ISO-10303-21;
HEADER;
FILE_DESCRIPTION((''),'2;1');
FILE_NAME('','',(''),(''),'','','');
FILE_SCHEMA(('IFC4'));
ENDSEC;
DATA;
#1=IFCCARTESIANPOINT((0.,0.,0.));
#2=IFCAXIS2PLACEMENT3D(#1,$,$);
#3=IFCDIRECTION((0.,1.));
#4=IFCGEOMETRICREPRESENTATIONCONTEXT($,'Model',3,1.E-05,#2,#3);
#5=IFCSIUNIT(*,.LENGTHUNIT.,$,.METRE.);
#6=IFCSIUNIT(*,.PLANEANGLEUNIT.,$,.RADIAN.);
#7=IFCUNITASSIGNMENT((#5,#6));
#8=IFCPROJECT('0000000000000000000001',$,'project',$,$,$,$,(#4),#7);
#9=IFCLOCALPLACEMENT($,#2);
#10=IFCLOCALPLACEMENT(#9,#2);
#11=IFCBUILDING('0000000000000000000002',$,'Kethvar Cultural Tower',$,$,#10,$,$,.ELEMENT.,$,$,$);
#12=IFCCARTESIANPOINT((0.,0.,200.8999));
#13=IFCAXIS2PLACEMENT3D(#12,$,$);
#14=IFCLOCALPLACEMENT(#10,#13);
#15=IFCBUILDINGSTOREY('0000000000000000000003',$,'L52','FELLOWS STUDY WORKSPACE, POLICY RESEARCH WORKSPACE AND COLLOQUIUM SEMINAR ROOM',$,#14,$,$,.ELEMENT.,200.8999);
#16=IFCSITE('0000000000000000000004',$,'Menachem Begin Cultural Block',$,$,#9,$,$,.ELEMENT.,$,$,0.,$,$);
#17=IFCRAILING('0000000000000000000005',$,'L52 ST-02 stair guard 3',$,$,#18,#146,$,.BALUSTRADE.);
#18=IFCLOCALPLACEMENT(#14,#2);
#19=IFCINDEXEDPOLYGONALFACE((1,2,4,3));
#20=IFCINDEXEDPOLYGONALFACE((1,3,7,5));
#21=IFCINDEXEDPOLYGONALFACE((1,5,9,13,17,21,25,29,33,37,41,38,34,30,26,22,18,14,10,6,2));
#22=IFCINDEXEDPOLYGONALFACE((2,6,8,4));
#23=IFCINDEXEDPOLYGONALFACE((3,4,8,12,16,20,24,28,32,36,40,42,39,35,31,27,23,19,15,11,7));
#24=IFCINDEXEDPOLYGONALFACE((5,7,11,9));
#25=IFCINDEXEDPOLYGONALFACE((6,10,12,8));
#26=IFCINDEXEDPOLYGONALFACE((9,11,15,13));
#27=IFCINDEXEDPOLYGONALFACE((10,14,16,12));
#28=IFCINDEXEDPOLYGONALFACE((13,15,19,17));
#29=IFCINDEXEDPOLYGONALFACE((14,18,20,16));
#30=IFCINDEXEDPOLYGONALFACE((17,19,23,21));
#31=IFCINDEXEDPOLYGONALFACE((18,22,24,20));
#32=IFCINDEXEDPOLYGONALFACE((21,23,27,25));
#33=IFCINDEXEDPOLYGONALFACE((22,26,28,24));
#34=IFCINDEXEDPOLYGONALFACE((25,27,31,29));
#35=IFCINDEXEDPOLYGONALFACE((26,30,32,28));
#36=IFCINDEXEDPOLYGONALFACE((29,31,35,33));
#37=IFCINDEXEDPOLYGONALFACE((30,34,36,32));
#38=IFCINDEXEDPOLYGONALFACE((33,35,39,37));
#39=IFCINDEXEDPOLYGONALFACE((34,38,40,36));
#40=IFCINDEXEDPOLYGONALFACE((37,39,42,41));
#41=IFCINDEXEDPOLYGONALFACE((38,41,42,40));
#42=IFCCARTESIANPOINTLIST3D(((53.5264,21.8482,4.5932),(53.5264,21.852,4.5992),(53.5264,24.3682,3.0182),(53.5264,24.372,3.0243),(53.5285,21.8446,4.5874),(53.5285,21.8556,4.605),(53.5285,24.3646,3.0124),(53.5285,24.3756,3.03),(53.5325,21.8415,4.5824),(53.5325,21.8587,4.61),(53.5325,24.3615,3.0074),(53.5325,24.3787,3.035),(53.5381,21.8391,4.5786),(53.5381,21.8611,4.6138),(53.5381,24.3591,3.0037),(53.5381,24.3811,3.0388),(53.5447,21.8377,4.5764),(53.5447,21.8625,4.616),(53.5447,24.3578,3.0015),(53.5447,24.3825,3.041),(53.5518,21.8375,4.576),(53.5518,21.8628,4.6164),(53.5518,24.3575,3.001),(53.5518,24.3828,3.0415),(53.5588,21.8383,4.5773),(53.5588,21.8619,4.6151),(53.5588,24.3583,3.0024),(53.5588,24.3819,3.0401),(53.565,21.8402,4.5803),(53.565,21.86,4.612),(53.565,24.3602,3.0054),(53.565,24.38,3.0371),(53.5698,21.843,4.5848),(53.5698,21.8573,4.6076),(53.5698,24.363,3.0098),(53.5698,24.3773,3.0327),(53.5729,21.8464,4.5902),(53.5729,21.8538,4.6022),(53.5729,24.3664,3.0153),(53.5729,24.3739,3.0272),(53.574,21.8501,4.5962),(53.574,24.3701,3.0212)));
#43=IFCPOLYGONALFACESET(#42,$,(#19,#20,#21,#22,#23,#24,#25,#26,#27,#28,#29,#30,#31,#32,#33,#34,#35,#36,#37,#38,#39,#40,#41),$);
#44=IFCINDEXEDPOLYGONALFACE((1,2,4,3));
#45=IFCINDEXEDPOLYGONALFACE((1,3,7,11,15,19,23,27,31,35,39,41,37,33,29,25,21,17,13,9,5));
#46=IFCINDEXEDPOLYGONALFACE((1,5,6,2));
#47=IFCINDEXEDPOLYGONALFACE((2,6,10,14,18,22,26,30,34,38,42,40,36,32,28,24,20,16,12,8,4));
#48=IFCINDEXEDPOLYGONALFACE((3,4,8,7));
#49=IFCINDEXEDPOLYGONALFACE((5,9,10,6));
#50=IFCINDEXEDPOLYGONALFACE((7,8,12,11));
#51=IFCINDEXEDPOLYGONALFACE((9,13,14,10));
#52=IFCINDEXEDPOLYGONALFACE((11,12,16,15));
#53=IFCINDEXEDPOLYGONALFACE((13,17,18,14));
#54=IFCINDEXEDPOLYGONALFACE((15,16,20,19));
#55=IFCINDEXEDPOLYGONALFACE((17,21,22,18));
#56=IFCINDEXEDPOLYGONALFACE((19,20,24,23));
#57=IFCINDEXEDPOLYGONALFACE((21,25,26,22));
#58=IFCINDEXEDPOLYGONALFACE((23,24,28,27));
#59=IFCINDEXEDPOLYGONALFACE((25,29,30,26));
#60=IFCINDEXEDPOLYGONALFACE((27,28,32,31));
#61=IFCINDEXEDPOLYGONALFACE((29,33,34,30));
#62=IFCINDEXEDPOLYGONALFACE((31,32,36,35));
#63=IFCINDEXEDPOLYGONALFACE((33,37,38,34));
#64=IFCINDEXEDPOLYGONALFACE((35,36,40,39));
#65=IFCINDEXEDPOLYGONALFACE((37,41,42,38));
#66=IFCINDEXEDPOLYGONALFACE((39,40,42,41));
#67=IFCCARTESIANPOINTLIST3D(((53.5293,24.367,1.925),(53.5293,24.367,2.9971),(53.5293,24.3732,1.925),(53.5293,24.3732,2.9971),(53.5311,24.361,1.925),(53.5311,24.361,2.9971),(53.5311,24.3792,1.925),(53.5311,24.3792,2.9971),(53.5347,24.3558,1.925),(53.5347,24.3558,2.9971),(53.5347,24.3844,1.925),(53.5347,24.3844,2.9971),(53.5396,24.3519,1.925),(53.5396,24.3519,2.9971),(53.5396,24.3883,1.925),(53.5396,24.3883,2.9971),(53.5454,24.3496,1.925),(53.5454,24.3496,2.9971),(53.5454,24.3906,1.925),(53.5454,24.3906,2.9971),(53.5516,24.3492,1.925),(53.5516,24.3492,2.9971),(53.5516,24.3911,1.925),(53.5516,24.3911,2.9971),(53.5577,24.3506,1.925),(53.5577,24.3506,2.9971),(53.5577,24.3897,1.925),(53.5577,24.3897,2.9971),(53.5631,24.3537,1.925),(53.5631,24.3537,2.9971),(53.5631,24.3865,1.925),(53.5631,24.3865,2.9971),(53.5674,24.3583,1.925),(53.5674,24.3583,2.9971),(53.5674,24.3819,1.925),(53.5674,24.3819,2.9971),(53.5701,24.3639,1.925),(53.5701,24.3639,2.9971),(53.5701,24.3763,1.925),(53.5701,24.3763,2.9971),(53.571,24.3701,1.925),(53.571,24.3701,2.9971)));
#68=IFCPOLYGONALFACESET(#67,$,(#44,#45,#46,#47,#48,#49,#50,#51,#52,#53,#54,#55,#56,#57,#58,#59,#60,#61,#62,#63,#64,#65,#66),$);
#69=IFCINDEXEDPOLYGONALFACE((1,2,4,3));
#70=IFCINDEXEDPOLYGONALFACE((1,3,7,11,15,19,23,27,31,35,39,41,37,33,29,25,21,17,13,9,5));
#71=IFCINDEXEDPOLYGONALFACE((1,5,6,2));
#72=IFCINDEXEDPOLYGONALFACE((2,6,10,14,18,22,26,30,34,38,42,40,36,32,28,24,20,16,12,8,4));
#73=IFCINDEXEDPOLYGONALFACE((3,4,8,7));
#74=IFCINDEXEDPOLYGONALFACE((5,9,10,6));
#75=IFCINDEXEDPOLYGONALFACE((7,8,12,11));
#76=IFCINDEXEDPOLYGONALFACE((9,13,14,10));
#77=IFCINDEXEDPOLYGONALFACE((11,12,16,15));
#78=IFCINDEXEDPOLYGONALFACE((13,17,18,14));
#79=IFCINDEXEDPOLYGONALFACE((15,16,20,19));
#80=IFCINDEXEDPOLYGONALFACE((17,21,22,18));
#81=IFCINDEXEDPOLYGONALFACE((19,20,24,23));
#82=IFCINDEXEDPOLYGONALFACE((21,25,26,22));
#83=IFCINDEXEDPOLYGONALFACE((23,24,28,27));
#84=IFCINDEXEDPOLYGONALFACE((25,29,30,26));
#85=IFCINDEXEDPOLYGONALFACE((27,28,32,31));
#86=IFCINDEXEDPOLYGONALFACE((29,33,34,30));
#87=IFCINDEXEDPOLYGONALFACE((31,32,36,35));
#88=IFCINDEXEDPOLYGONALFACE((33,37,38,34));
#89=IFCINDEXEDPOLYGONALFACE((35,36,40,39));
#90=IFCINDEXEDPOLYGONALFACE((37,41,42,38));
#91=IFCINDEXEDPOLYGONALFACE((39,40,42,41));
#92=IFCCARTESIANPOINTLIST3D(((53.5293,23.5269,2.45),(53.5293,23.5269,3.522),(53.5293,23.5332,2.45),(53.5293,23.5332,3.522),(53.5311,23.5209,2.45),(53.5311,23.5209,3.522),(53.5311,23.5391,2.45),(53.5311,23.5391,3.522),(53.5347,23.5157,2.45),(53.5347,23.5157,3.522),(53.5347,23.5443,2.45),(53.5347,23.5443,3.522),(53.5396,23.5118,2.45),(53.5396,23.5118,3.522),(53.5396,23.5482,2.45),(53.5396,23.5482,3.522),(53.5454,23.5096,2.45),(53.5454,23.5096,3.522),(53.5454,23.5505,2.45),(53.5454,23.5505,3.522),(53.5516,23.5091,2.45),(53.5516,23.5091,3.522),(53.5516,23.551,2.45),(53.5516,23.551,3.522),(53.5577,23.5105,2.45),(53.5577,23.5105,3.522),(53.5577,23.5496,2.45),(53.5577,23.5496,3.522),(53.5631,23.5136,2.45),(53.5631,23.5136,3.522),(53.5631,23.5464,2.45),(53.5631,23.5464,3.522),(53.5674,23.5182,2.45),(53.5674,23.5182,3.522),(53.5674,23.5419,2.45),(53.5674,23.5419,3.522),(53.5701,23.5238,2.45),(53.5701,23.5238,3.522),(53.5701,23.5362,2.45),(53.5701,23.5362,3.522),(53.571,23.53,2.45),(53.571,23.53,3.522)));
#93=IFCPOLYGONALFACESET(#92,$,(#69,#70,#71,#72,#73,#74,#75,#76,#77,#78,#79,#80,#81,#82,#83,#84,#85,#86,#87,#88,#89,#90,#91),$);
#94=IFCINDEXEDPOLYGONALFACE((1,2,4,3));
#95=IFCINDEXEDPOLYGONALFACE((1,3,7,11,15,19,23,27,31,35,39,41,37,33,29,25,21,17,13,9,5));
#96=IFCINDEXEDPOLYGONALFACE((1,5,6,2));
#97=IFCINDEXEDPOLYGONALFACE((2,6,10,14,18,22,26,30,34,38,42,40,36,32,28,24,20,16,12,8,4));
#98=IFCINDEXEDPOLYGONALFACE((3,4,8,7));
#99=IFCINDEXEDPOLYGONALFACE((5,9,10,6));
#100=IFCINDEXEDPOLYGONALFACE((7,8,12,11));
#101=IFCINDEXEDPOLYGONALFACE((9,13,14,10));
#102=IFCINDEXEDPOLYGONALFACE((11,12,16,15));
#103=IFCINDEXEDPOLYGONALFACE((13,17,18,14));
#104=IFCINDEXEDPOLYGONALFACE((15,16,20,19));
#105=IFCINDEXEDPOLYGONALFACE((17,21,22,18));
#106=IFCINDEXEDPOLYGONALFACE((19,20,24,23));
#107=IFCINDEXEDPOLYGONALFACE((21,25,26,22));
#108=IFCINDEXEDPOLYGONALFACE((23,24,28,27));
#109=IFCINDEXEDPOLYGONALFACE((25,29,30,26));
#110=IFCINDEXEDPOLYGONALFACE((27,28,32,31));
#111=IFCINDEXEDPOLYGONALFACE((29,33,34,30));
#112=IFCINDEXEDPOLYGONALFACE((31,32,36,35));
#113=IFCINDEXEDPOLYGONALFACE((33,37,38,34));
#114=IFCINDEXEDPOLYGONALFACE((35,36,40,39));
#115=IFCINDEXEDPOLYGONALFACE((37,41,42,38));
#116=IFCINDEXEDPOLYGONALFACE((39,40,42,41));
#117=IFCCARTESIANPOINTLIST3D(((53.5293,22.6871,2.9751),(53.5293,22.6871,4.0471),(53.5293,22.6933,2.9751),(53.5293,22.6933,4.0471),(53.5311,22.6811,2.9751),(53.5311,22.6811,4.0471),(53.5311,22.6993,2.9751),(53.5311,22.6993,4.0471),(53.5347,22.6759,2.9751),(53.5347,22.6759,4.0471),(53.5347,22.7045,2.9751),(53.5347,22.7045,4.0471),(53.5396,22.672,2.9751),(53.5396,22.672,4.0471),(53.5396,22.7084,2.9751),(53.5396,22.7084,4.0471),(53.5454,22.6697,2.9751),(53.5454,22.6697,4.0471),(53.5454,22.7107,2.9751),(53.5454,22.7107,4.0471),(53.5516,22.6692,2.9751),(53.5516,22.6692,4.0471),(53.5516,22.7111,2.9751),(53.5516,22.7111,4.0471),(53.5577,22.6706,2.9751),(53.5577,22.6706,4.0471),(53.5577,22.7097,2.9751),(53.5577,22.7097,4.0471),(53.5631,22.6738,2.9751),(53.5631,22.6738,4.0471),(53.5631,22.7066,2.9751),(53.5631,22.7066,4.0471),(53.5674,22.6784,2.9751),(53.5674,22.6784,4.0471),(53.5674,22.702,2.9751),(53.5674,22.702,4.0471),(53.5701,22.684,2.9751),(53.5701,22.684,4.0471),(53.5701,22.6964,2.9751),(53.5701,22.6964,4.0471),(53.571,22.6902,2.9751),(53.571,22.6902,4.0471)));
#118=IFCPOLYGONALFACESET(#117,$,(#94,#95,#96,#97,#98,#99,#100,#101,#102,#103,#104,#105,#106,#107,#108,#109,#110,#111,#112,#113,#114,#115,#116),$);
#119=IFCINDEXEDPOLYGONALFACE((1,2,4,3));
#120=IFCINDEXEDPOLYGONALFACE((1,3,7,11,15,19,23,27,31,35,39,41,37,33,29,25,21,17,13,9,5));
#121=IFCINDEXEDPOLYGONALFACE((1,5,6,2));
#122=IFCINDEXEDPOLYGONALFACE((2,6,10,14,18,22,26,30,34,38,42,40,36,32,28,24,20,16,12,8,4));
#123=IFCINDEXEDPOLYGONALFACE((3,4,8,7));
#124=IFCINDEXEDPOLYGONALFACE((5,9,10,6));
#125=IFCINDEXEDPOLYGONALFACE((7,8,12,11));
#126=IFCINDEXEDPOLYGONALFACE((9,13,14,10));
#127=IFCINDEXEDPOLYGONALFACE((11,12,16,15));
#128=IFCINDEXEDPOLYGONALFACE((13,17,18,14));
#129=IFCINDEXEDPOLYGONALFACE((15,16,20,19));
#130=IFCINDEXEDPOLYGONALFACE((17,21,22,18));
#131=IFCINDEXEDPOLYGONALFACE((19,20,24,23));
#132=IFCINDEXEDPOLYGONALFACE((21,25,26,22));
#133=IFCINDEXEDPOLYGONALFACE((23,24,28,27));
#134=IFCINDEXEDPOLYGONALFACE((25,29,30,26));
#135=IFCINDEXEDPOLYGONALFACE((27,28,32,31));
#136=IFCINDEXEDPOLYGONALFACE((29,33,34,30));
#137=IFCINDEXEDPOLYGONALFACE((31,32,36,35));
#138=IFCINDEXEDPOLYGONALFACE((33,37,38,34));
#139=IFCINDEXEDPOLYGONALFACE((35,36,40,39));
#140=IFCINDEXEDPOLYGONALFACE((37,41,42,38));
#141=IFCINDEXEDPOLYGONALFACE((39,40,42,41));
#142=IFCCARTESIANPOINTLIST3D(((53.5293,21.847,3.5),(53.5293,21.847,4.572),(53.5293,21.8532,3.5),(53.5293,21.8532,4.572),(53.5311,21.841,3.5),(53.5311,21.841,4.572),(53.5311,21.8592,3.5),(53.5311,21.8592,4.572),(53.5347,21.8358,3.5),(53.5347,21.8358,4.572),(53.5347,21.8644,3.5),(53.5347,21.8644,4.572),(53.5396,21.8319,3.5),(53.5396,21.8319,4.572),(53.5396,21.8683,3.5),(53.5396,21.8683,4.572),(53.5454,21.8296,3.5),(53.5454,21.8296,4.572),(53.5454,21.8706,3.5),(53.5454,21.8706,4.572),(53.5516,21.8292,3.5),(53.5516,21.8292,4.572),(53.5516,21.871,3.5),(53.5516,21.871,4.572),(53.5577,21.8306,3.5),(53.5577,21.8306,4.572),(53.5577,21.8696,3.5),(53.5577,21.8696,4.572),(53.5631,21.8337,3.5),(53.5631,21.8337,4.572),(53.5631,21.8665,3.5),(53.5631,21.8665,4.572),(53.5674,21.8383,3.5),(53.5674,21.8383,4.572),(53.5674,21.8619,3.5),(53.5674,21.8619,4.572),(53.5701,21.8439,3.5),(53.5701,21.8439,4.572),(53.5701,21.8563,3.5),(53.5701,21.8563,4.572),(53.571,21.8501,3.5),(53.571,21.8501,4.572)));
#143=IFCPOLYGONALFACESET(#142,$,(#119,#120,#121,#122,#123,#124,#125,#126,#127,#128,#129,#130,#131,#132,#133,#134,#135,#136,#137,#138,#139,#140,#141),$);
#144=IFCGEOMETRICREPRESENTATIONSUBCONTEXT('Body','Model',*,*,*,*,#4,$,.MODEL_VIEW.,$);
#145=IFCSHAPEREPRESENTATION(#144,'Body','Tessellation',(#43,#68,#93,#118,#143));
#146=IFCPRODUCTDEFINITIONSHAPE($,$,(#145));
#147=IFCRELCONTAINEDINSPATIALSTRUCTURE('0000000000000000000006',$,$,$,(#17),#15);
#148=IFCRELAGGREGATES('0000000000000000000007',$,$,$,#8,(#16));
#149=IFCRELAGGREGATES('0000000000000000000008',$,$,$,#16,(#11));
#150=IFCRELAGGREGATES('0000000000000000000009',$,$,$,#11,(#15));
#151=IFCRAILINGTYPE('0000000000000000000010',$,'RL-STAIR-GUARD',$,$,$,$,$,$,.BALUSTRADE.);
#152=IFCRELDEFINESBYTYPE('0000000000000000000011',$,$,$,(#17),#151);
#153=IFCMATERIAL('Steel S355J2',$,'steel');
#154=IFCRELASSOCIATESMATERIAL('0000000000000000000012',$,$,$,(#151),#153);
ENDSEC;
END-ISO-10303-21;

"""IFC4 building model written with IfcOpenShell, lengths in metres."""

from ifc_helpers import new_model, si_unit, direction, frame, origin, origin_2d, place, context, subcontext, project, spatial, circle, extrude, material, type_object, element, save


model = new_model("IFC4")

# Units and contexts
model_context = context("Model", 3, precision=1e-05, world=origin(), true_north=direction((0.0, 1.0)))
body_context = subcontext(model_context, "Body", "Model", "MODEL_VIEW")
ifc_project = project(units=[si_unit("LENGTHUNIT", "METRE"), si_unit("PLANEANGLEUNIT", "RADIAN")], contexts=[model_context])

# Site, building, storey
site_placement = place(None, origin())
site = spatial("IfcSite", under=ifc_project, at=site_placement, Name="Menachem Begin Cultural Block", CompositionType="ELEMENT", RefElevation=0.0)
building_placement = place(site_placement, origin())
building = spatial("IfcBuilding", under=site, at=building_placement, Name="Kethvar Cultural Tower", CompositionType="ELEMENT")
storey_placement = place(building_placement, frame((0.0, 0.0, 200.8999)))
storey = spatial("IfcBuildingStorey", under=building, at=storey_placement, Name="L52", Description="FELLOWS STUDY WORKSPACE, POLICY RESEARCH WORKSPACE AND COLLOQUIUM SEMINAR ROOM", CompositionType="ELEMENT", Elevation=200.8999)

# Shared definitions
ifc_material_1 = material(Name="Steel S355J2", Category="steel")

# Railing
railing_type_1 = type_object("IfcRailingType", Name="RL-STAIR-GUARD", PredefinedType="BALUSTRADE", material=ifc_material_1)
railing_1_placement = place(storey_placement, frame((53.55, 24.3701, 1.925)))
element("IfcRailing", 1, at=railing_1_placement, inside=storey, type_object=railing_type_1, Name="L52 ST-02 stair guard 3", PredefinedType="BALUSTRADE", context=body_context, shape_type="SweptSolid", body=[
    extrude(circle(Radius=0.0239, at=origin_2d()), frame((0.0, 0.0, 1.0962), z_axis=(0.0, -0.848008, 0.529984), x_axis=(1.0, 0.0, 0.0)), (0.0, 0.0, 1.0), 2.9717),
    extrude(circle(Radius=0.021, at=origin_2d()), origin(), (0.0, 0.0, 1.0), 1.072),
    extrude(circle(Radius=0.021, at=origin_2d()), frame((0.0, -0.8401, 0.5249)), (0.0, 0.0, 1.0), 1.072),
    extrude(circle(Radius=0.021, at=origin_2d()), frame((0.0, -1.6799, 1.05)), (0.0, 0.0, 1.0), 1.072),
    extrude(circle(Radius=0.021, at=origin_2d()), frame((0.0, -2.52, 1.575)), (0.0, 0.0, 1.0), 1.072),
])

save(model, "model.ifc")
